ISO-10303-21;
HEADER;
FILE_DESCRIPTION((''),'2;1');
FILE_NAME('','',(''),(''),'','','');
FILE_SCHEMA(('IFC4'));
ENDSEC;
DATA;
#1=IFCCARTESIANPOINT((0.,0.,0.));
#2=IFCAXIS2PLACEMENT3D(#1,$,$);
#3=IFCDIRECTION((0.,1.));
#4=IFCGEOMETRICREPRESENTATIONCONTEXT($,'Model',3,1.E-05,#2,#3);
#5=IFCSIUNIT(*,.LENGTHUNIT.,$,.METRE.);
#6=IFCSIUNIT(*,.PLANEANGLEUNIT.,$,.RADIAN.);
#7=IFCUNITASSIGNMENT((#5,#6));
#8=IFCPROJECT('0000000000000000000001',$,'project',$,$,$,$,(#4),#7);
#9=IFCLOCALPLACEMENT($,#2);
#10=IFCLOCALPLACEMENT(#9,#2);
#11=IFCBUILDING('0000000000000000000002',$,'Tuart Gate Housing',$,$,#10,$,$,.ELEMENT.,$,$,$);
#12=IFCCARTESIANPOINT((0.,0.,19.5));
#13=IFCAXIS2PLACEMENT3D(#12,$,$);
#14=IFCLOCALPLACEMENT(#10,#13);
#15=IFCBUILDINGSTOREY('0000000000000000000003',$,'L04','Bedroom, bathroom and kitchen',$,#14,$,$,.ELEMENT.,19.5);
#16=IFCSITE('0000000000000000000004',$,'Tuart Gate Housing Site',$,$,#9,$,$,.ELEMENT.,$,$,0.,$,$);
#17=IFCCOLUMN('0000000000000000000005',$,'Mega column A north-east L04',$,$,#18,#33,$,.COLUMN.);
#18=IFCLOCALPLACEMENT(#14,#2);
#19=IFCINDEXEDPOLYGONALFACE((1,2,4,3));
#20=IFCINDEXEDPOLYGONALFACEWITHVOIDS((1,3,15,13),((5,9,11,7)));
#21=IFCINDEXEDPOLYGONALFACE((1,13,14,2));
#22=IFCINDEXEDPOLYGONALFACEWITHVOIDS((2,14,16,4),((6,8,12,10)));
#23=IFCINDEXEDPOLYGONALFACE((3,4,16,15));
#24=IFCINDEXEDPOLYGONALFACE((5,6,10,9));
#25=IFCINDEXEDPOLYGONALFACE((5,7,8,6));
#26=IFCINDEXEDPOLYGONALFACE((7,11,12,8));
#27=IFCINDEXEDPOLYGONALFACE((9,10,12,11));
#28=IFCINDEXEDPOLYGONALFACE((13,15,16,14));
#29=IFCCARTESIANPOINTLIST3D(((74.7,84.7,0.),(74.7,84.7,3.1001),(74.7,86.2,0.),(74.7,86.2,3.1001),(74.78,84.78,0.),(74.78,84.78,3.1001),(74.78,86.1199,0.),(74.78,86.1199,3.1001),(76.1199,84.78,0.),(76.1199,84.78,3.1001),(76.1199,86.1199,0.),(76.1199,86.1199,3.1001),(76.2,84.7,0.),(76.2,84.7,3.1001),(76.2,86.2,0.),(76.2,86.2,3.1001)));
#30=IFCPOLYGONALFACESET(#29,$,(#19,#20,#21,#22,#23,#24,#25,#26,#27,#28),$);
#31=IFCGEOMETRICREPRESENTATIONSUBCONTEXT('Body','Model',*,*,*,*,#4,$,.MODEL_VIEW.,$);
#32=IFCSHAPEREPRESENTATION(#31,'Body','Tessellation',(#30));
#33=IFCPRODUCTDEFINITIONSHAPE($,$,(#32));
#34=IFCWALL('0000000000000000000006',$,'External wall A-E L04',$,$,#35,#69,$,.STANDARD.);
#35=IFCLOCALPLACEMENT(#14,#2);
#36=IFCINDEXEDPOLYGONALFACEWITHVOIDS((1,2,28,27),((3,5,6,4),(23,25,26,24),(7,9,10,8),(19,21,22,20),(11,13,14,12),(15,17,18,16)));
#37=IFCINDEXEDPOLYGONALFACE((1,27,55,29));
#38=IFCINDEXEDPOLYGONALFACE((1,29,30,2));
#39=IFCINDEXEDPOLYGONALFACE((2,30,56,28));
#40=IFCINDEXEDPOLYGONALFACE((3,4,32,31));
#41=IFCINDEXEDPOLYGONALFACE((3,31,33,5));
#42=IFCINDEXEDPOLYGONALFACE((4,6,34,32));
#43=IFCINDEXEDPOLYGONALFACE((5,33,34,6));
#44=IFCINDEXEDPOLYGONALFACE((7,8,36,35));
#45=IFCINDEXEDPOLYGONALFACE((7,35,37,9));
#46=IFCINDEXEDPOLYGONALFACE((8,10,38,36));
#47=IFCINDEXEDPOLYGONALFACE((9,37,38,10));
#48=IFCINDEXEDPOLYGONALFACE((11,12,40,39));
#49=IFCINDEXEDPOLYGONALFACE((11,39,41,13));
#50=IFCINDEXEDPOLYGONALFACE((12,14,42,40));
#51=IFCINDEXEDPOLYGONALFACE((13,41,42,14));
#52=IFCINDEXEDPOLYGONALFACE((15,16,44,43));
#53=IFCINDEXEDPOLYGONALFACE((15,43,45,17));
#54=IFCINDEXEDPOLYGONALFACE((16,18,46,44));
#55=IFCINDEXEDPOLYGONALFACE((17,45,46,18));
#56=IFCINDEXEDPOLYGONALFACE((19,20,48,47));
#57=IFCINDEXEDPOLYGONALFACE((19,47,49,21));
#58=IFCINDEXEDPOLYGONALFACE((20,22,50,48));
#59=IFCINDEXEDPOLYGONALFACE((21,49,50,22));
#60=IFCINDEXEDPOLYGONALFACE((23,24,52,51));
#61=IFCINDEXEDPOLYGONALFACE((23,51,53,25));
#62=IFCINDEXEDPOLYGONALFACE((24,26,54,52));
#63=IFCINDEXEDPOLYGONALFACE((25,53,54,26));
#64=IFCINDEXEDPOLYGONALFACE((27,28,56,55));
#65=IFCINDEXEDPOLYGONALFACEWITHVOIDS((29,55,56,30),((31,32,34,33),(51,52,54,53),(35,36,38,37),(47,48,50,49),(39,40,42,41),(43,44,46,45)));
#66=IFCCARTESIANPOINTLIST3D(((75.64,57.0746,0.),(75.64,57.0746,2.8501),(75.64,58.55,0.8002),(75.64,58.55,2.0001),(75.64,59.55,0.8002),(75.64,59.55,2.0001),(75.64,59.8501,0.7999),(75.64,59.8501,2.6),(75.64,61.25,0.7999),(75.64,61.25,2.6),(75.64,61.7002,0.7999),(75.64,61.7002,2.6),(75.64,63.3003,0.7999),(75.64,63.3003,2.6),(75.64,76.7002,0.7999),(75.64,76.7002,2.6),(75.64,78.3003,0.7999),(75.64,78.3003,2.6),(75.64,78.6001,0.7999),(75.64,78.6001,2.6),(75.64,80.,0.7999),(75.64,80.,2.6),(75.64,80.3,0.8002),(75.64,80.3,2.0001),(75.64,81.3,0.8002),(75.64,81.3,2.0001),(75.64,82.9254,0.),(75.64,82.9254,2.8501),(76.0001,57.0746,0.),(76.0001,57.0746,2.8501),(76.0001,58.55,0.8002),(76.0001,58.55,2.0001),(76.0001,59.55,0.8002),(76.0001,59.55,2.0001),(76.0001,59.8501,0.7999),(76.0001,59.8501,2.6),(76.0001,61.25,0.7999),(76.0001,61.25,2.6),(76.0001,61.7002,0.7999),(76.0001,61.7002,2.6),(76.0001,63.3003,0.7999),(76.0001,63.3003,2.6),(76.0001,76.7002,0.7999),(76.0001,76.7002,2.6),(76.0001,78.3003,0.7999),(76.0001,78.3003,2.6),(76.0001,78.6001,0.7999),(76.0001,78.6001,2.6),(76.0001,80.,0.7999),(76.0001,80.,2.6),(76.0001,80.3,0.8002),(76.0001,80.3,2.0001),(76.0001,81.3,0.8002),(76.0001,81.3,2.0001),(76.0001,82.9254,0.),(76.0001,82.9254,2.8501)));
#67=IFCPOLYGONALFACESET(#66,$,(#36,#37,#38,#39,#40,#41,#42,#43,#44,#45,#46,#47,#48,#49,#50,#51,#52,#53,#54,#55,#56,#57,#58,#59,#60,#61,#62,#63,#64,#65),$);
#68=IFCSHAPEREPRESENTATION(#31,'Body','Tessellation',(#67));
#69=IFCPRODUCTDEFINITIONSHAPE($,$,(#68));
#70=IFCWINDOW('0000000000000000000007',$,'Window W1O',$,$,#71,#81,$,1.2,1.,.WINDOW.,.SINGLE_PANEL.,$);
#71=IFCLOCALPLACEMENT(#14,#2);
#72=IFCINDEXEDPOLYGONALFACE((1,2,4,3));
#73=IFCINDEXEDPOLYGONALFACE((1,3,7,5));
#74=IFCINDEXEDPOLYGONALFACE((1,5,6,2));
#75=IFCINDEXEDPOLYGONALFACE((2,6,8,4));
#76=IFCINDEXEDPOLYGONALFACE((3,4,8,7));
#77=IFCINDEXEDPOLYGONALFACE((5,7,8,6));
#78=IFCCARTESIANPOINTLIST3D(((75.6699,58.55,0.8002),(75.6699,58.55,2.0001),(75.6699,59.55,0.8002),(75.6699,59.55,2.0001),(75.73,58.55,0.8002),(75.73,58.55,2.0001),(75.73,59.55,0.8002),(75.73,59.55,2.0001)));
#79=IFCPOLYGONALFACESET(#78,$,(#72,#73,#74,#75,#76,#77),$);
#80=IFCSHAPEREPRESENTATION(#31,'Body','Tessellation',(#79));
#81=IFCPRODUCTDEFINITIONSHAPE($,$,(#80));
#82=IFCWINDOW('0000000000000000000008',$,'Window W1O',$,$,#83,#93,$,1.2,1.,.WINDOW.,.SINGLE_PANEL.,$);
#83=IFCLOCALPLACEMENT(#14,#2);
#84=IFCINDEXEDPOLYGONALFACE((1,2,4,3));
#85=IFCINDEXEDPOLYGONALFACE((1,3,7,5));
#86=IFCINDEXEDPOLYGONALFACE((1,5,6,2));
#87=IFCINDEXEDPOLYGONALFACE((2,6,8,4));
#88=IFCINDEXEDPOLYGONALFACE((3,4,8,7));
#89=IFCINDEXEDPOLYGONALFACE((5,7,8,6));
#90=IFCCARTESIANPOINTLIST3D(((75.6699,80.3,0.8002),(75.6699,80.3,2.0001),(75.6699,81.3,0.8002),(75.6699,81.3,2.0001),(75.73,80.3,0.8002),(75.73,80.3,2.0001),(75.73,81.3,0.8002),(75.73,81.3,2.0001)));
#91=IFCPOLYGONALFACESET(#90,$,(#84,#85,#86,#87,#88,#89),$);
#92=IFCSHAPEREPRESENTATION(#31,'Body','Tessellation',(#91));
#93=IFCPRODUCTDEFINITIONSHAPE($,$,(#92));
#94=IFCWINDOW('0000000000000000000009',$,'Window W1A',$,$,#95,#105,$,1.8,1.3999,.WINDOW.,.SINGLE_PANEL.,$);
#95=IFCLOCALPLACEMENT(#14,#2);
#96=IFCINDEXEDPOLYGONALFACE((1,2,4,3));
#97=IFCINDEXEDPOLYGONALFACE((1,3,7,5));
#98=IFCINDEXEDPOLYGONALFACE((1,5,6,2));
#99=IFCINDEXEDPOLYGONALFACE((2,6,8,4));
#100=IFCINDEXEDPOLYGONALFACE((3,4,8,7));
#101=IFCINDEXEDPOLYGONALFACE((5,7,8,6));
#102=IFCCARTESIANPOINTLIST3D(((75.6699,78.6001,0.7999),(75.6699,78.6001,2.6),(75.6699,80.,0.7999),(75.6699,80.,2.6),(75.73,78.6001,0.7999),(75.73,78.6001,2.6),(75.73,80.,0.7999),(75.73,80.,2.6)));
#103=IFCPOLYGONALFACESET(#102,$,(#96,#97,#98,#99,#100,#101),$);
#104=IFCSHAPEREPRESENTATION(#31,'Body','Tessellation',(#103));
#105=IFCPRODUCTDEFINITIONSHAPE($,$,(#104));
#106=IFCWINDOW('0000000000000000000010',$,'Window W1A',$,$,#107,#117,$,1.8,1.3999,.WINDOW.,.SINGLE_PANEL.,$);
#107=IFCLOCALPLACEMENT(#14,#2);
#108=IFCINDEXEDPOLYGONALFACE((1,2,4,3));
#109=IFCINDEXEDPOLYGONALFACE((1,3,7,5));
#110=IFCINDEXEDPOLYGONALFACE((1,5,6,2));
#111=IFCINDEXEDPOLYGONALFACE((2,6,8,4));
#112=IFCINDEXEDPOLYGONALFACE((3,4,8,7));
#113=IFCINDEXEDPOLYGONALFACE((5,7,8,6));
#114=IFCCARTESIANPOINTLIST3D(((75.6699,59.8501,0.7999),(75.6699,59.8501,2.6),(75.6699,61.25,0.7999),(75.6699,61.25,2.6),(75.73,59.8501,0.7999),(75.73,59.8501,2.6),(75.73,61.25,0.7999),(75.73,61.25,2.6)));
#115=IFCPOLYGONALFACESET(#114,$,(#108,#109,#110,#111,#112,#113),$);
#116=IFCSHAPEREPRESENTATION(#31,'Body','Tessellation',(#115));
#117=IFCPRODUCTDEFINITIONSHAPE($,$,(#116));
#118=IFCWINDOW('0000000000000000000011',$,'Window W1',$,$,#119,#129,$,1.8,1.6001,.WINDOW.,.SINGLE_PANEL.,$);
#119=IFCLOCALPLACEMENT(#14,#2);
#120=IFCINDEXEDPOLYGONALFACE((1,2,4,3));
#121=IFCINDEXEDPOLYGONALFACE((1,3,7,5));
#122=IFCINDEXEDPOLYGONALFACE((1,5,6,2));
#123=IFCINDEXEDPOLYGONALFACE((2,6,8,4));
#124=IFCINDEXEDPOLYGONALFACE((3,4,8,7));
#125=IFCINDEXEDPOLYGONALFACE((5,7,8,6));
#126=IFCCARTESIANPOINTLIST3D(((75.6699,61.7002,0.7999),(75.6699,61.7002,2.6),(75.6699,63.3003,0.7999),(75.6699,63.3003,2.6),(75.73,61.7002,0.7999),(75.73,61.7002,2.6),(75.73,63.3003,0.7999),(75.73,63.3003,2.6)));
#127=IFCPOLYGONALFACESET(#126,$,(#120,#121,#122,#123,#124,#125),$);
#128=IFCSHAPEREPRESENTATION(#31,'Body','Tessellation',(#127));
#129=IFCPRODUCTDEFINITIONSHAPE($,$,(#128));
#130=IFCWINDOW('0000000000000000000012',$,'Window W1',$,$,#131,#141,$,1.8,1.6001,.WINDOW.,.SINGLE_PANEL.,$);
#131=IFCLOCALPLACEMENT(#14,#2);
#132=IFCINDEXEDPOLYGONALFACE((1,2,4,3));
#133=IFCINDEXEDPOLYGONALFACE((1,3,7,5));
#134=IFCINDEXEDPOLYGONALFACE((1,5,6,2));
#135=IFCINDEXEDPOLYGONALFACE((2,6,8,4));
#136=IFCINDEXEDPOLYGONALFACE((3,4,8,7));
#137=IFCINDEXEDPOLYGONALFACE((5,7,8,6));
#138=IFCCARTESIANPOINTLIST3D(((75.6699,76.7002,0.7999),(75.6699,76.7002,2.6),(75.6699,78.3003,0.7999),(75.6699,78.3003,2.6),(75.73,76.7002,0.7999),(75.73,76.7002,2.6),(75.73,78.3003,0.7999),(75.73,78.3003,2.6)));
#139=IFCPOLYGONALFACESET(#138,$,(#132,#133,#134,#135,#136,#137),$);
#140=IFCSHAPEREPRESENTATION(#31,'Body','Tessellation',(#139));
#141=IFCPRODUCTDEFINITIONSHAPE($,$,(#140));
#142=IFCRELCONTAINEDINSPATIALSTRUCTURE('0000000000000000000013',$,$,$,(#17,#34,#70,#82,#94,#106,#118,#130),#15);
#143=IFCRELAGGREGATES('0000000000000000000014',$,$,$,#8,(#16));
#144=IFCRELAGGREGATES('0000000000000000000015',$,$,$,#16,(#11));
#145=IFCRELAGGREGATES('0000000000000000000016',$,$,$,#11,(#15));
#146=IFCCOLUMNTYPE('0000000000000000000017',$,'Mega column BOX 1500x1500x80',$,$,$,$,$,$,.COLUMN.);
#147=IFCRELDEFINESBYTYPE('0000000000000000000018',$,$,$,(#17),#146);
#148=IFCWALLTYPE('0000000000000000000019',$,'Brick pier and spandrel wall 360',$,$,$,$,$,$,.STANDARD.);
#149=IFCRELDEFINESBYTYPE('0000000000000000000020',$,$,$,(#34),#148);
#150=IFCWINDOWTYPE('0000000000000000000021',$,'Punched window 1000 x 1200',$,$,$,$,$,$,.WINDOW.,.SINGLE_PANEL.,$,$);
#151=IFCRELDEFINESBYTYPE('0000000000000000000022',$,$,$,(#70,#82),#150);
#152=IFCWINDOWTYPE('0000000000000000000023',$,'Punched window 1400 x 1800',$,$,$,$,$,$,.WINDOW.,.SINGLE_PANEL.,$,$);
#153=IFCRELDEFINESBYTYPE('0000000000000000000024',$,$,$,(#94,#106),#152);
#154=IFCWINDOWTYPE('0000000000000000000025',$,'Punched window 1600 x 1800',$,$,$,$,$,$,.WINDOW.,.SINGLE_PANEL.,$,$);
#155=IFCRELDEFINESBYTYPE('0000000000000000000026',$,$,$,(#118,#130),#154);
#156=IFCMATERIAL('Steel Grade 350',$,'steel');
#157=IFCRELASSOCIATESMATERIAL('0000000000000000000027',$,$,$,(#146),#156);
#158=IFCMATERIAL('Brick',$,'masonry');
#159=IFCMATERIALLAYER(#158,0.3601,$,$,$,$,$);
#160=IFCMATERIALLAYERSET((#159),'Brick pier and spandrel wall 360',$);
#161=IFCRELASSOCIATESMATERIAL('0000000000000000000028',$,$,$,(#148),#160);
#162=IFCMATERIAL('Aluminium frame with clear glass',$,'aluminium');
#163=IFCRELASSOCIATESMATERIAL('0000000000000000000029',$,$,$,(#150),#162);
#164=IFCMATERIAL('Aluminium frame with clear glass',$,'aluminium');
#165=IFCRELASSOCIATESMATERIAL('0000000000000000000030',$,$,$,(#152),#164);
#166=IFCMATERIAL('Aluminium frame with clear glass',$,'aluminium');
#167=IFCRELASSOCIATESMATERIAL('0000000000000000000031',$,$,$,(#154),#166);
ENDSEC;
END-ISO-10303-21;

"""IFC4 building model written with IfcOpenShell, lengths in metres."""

from ifc_helpers import new_model, si_unit, direction, frame, frame_2d, origin, origin_2d, place, context, subcontext, project, spatial, rectangle, hollow_rectangle, extrude, material, layer, layer_set, material_profile, profile_set, type_object, element, fill, save


model = new_model("IFC4")

# Units and contexts
model_context = context("Model", 3, precision=1e-05, world=origin(), true_north=direction((0.0, 1.0)))
body_context = subcontext(model_context, "Body", "Model", "MODEL_VIEW")
ifc_project = project(units=[si_unit("LENGTHUNIT", "METRE"), si_unit("PLANEANGLEUNIT", "RADIAN")], contexts=[model_context])

# Site, building, storey
site_placement = place(None, origin())
site = spatial("IfcSite", under=ifc_project, at=site_placement, Name="Tuart Gate Housing Site", CompositionType="ELEMENT", RefElevation=0.0)
building_placement = place(site_placement, origin())
building = spatial("IfcBuilding", under=site, at=building_placement, Name="Tuart Gate Housing", CompositionType="ELEMENT")
storey_placement = place(building_placement, frame((0.0, 0.0, 19.5)))
storey = spatial("IfcBuildingStorey", under=building, at=storey_placement, Name="L04", Description="Bedroom, bathroom and kitchen", CompositionType="ELEMENT", Elevation=19.5)

# Column
ifc_material_1 = material(Name="Steel Grade 350", Category="steel")
ifc_material_profile = material_profile(ifc_material_1, hollow_rectangle(XDim=1.5, YDim=1.5, WallThickness=0.0801, at=origin_2d()), Name="BOX 1500x1500x80")
ifc_profile_set = profile_set([ifc_material_profile], Name="Steel Grade 350")
column_type = type_object("IfcColumnType", Name="Mega column BOX 1500x1500x80", PredefinedType="COLUMN", material=ifc_profile_set)
column_placement = place(storey_placement, frame((75.45, 85.45, 0.0), z_axis=(0.0, 0.0, 1.0), x_axis=(1.0, 0.0, 0.0)))
element("IfcColumn", 1, at=column_placement, inside=storey, type_object=column_type, Name="Mega column A north-east L04", PredefinedType="COLUMN", context=body_context, shape_type="SweptSolid", body=[
    extrude(hollow_rectangle(XDim=1.5, YDim=1.5, WallThickness=0.0801, at=origin_2d()), origin(), (0.0, 0.0, 1.0), 3.1001),
])

# Wall, openings, windows
ifc_material_2 = material(Name="Brick", Category="masonry")
ifc_layer_1 = layer(ifc_material_2, 0.3601)
ifc_layer_set_1 = layer_set([ifc_layer_1], Name="Brick pier and spandrel wall 360")
wall_type_1 = type_object("IfcWallType", Name="Brick pier and spandrel wall 360", PredefinedType="STANDARD", material=ifc_layer_set_1)
wall_1_placement = place(storey_placement, frame((75.8201, 57.0747, 0.0), z_axis=(0.0, 0.0, 1.0), x_axis=(0.0, 1.0, 0.0)))
wall_1 = element("IfcWall", 2, at=wall_1_placement, inside=storey, type_object=wall_type_1, Name="External wall A-E L04", PredefinedType="STANDARD", context=body_context, shape_type="SweptSolid", body=[
    extrude(rectangle(XDim=25.8508, YDim=0.3601, at=frame_2d((12.9253, 0.0))), origin(), (0.0, 0.0, 1.0), 2.8501),
])
opening_1_placement = place(wall_1_placement, frame((1.4753, 0.0, 0.8)))
opening_1 = element("IfcOpeningElement", 3, at=opening_1_placement, cuts=wall_1, PredefinedType="OPENING", context=body_context, shape_type="SweptSolid", body=[
    extrude(rectangle(XDim=1.0, YDim=1.2, at=frame_2d((0.5, 0.6001))), frame((0.0, 0.1899, 0.0), z_axis=(0.0, -1.0, 0.0), x_axis=(1.0, 0.0, 0.0)), (0.0, 0.0, 1.0), 0.3801),
])
opening_2_placement = place(wall_1_placement, frame((4.6255, 0.0, 0.8)))
opening_2 = element("IfcOpeningElement", 4, at=opening_2_placement, cuts=wall_1, PredefinedType="OPENING", context=body_context, shape_type="SweptSolid", body=[
    extrude(rectangle(XDim=1.6001, YDim=1.8, at=frame_2d((0.8, 0.8999))), frame((0.0, 0.1899, 0.0), z_axis=(0.0, -1.0, 0.0), x_axis=(1.0, 0.0, 0.0)), (0.0, 0.0, 1.0), 0.3801),
])
opening_3_placement = place(wall_1_placement, frame((19.6255, 0.0, 0.8)))
opening_3 = element("IfcOpeningElement", 5, at=opening_3_placement, cuts=wall_1, PredefinedType="OPENING", context=body_context, shape_type="SweptSolid", body=[
    extrude(rectangle(XDim=1.6001, YDim=1.8, at=frame_2d((0.8, 0.8999))), frame((0.0, 0.1899, 0.0), z_axis=(0.0, -1.0, 0.0), x_axis=(1.0, 0.0, 0.0)), (0.0, 0.0, 1.0), 0.3801),
])
opening_4_placement = place(wall_1_placement, frame((21.5254, 0.0, 0.8)))
opening_4 = element("IfcOpeningElement", 6, at=opening_4_placement, cuts=wall_1, PredefinedType="OPENING", context=body_context, shape_type="SweptSolid", body=[
    extrude(rectangle(XDim=1.3999, YDim=1.8, at=frame_2d((0.7, 0.8999))), frame((0.0, 0.1899, 0.0), z_axis=(0.0, -1.0, 0.0), x_axis=(1.0, 0.0, 0.0)), (0.0, 0.0, 1.0), 0.3801),
])
opening_5_placement = place(wall_1_placement, frame((2.7754, 0.0, 0.8)))
opening_5 = element("IfcOpeningElement", 7, at=opening_5_placement, cuts=wall_1, PredefinedType="OPENING", context=body_context, shape_type="SweptSolid", body=[
    extrude(rectangle(XDim=1.3999, YDim=1.8, at=frame_2d((0.7, 0.8999))), frame((0.0, 0.1899, 0.0), z_axis=(0.0, -1.0, 0.0), x_axis=(1.0, 0.0, 0.0)), (0.0, 0.0, 1.0), 0.3801),
])
opening_6_placement = place(wall_1_placement, frame((23.2253, 0.0, 0.8)))
opening_6 = element("IfcOpeningElement", 8, at=opening_6_placement, cuts=wall_1, PredefinedType="OPENING", context=body_context, shape_type="SweptSolid", body=[
    extrude(rectangle(XDim=1.0, YDim=1.2, at=frame_2d((0.5, 0.6001))), frame((0.0, 0.1899, 0.0), z_axis=(0.0, -1.0, 0.0), x_axis=(1.0, 0.0, 0.0)), (0.0, 0.0, 1.0), 0.3801),
])
ifc_material_3 = material(Name="Aluminium frame with clear glass", Category="aluminium")
window_type_1 = type_object("IfcWindowType", Name="Punched window 1000 x 1200", PartitioningType="SINGLE_PANEL", PredefinedType="WINDOW", material=ifc_material_3)
window_1_placement = place(opening_1_placement, origin())
window_1 = element("IfcWindow", 9, at=window_1_placement, inside=storey, type_object=window_type_1, Name="Window W1O", OverallHeight=1.2, OverallWidth=1.0, PartitioningType="SINGLE_PANEL", PredefinedType="WINDOW", context=body_context, shape_type="SweptSolid", body=[
    extrude(rectangle(XDim=1.0, YDim=1.2, at=frame_2d((0.5, 0.6001))), frame((0.0, 0.1501, 0.0), z_axis=(0.0, -1.0, 0.0), x_axis=(1.0, 0.0, 0.0)), (0.0, 0.0, 1.0), 0.0601),
])
fill(opening_1, window_1)
window_2_placement = place(opening_6_placement, origin())
window_2 = element("IfcWindow", 10, at=window_2_placement, inside=storey, type_object=window_type_1, Name="Window W1O", OverallHeight=1.2, OverallWidth=1.0, PartitioningType="SINGLE_PANEL", PredefinedType="WINDOW", context=body_context, shape_type="SweptSolid", body=[
    extrude(rectangle(XDim=1.0, YDim=1.2, at=frame_2d((0.5, 0.6001))), frame((0.0, 0.1501, 0.0), z_axis=(0.0, -1.0, 0.0), x_axis=(1.0, 0.0, 0.0)), (0.0, 0.0, 1.0), 0.0601),
])
fill(opening_6, window_2)
ifc_material_4 = material(Name="Aluminium frame with clear glass", Category="aluminium")
window_type_2 = type_object("IfcWindowType", Name="Punched window 1400 x 1800", PartitioningType="SINGLE_PANEL", PredefinedType="WINDOW", material=ifc_material_4)
window_3_placement = place(opening_4_placement, origin())
window_3 = element("IfcWindow", 11, at=window_3_placement, inside=storey, type_object=window_type_2, Name="Window W1A", OverallHeight=1.8, OverallWidth=1.3999, PartitioningType="SINGLE_PANEL", PredefinedType="WINDOW", context=body_context, shape_type="SweptSolid", body=[
    extrude(rectangle(XDim=1.3999, YDim=1.8, at=frame_2d((0.7, 0.8999))), frame((0.0, 0.1501, 0.0), z_axis=(0.0, -1.0, 0.0), x_axis=(1.0, 0.0, 0.0)), (0.0, 0.0, 1.0), 0.0601),
])
fill(opening_4, window_3)
window_4_placement = place(opening_5_placement, origin())
window_4 = element("IfcWindow", 12, at=window_4_placement, inside=storey, type_object=window_type_2, Name="Window W1A", OverallHeight=1.8, OverallWidth=1.3999, PartitioningType="SINGLE_PANEL", PredefinedType="WINDOW", context=body_context, shape_type="SweptSolid", body=[
    extrude(rectangle(XDim=1.3999, YDim=1.8, at=frame_2d((0.7, 0.8999))), frame((0.0, 0.1501, 0.0), z_axis=(0.0, -1.0, 0.0), x_axis=(1.0, 0.0, 0.0)), (0.0, 0.0, 1.0), 0.0601),
])
fill(opening_5, window_4)
ifc_material_5 = material(Name="Aluminium frame with clear glass", Category="aluminium")
window_type_3 = type_object("IfcWindowType", Name="Punched window 1600 x 1800", PartitioningType="SINGLE_PANEL", PredefinedType="WINDOW", material=ifc_material_5)
window_5_placement = place(opening_2_placement, origin())
window_5 = element("IfcWindow", 13, at=window_5_placement, inside=storey, type_object=window_type_3, Name="Window W1", OverallHeight=1.8, OverallWidth=1.6001, PartitioningType="SINGLE_PANEL", PredefinedType="WINDOW", context=body_context, shape_type="SweptSolid", body=[
    extrude(rectangle(XDim=1.6001, YDim=1.8, at=frame_2d((0.8, 0.8999))), frame((0.0, 0.1501, 0.0), z_axis=(0.0, -1.0, 0.0), x_axis=(1.0, 0.0, 0.0)), (0.0, 0.0, 1.0), 0.0601),
])
fill(opening_2, window_5)
window_6_placement = place(opening_3_placement, origin())
window_6 = element("IfcWindow", 14, at=window_6_placement, inside=storey, type_object=window_type_3, Name="Window W1", OverallHeight=1.8, OverallWidth=1.6001, PartitioningType="SINGLE_PANEL", PredefinedType="WINDOW", context=body_context, shape_type="SweptSolid", body=[
    extrude(rectangle(XDim=1.6001, YDim=1.8, at=frame_2d((0.8, 0.8999))), frame((0.0, 0.1501, 0.0), z_axis=(0.0, -1.0, 0.0), x_axis=(1.0, 0.0, 0.0)), (0.0, 0.0, 1.0), 0.0601),
])
fill(opening_3, window_6)

save(model, "model.ifc")
